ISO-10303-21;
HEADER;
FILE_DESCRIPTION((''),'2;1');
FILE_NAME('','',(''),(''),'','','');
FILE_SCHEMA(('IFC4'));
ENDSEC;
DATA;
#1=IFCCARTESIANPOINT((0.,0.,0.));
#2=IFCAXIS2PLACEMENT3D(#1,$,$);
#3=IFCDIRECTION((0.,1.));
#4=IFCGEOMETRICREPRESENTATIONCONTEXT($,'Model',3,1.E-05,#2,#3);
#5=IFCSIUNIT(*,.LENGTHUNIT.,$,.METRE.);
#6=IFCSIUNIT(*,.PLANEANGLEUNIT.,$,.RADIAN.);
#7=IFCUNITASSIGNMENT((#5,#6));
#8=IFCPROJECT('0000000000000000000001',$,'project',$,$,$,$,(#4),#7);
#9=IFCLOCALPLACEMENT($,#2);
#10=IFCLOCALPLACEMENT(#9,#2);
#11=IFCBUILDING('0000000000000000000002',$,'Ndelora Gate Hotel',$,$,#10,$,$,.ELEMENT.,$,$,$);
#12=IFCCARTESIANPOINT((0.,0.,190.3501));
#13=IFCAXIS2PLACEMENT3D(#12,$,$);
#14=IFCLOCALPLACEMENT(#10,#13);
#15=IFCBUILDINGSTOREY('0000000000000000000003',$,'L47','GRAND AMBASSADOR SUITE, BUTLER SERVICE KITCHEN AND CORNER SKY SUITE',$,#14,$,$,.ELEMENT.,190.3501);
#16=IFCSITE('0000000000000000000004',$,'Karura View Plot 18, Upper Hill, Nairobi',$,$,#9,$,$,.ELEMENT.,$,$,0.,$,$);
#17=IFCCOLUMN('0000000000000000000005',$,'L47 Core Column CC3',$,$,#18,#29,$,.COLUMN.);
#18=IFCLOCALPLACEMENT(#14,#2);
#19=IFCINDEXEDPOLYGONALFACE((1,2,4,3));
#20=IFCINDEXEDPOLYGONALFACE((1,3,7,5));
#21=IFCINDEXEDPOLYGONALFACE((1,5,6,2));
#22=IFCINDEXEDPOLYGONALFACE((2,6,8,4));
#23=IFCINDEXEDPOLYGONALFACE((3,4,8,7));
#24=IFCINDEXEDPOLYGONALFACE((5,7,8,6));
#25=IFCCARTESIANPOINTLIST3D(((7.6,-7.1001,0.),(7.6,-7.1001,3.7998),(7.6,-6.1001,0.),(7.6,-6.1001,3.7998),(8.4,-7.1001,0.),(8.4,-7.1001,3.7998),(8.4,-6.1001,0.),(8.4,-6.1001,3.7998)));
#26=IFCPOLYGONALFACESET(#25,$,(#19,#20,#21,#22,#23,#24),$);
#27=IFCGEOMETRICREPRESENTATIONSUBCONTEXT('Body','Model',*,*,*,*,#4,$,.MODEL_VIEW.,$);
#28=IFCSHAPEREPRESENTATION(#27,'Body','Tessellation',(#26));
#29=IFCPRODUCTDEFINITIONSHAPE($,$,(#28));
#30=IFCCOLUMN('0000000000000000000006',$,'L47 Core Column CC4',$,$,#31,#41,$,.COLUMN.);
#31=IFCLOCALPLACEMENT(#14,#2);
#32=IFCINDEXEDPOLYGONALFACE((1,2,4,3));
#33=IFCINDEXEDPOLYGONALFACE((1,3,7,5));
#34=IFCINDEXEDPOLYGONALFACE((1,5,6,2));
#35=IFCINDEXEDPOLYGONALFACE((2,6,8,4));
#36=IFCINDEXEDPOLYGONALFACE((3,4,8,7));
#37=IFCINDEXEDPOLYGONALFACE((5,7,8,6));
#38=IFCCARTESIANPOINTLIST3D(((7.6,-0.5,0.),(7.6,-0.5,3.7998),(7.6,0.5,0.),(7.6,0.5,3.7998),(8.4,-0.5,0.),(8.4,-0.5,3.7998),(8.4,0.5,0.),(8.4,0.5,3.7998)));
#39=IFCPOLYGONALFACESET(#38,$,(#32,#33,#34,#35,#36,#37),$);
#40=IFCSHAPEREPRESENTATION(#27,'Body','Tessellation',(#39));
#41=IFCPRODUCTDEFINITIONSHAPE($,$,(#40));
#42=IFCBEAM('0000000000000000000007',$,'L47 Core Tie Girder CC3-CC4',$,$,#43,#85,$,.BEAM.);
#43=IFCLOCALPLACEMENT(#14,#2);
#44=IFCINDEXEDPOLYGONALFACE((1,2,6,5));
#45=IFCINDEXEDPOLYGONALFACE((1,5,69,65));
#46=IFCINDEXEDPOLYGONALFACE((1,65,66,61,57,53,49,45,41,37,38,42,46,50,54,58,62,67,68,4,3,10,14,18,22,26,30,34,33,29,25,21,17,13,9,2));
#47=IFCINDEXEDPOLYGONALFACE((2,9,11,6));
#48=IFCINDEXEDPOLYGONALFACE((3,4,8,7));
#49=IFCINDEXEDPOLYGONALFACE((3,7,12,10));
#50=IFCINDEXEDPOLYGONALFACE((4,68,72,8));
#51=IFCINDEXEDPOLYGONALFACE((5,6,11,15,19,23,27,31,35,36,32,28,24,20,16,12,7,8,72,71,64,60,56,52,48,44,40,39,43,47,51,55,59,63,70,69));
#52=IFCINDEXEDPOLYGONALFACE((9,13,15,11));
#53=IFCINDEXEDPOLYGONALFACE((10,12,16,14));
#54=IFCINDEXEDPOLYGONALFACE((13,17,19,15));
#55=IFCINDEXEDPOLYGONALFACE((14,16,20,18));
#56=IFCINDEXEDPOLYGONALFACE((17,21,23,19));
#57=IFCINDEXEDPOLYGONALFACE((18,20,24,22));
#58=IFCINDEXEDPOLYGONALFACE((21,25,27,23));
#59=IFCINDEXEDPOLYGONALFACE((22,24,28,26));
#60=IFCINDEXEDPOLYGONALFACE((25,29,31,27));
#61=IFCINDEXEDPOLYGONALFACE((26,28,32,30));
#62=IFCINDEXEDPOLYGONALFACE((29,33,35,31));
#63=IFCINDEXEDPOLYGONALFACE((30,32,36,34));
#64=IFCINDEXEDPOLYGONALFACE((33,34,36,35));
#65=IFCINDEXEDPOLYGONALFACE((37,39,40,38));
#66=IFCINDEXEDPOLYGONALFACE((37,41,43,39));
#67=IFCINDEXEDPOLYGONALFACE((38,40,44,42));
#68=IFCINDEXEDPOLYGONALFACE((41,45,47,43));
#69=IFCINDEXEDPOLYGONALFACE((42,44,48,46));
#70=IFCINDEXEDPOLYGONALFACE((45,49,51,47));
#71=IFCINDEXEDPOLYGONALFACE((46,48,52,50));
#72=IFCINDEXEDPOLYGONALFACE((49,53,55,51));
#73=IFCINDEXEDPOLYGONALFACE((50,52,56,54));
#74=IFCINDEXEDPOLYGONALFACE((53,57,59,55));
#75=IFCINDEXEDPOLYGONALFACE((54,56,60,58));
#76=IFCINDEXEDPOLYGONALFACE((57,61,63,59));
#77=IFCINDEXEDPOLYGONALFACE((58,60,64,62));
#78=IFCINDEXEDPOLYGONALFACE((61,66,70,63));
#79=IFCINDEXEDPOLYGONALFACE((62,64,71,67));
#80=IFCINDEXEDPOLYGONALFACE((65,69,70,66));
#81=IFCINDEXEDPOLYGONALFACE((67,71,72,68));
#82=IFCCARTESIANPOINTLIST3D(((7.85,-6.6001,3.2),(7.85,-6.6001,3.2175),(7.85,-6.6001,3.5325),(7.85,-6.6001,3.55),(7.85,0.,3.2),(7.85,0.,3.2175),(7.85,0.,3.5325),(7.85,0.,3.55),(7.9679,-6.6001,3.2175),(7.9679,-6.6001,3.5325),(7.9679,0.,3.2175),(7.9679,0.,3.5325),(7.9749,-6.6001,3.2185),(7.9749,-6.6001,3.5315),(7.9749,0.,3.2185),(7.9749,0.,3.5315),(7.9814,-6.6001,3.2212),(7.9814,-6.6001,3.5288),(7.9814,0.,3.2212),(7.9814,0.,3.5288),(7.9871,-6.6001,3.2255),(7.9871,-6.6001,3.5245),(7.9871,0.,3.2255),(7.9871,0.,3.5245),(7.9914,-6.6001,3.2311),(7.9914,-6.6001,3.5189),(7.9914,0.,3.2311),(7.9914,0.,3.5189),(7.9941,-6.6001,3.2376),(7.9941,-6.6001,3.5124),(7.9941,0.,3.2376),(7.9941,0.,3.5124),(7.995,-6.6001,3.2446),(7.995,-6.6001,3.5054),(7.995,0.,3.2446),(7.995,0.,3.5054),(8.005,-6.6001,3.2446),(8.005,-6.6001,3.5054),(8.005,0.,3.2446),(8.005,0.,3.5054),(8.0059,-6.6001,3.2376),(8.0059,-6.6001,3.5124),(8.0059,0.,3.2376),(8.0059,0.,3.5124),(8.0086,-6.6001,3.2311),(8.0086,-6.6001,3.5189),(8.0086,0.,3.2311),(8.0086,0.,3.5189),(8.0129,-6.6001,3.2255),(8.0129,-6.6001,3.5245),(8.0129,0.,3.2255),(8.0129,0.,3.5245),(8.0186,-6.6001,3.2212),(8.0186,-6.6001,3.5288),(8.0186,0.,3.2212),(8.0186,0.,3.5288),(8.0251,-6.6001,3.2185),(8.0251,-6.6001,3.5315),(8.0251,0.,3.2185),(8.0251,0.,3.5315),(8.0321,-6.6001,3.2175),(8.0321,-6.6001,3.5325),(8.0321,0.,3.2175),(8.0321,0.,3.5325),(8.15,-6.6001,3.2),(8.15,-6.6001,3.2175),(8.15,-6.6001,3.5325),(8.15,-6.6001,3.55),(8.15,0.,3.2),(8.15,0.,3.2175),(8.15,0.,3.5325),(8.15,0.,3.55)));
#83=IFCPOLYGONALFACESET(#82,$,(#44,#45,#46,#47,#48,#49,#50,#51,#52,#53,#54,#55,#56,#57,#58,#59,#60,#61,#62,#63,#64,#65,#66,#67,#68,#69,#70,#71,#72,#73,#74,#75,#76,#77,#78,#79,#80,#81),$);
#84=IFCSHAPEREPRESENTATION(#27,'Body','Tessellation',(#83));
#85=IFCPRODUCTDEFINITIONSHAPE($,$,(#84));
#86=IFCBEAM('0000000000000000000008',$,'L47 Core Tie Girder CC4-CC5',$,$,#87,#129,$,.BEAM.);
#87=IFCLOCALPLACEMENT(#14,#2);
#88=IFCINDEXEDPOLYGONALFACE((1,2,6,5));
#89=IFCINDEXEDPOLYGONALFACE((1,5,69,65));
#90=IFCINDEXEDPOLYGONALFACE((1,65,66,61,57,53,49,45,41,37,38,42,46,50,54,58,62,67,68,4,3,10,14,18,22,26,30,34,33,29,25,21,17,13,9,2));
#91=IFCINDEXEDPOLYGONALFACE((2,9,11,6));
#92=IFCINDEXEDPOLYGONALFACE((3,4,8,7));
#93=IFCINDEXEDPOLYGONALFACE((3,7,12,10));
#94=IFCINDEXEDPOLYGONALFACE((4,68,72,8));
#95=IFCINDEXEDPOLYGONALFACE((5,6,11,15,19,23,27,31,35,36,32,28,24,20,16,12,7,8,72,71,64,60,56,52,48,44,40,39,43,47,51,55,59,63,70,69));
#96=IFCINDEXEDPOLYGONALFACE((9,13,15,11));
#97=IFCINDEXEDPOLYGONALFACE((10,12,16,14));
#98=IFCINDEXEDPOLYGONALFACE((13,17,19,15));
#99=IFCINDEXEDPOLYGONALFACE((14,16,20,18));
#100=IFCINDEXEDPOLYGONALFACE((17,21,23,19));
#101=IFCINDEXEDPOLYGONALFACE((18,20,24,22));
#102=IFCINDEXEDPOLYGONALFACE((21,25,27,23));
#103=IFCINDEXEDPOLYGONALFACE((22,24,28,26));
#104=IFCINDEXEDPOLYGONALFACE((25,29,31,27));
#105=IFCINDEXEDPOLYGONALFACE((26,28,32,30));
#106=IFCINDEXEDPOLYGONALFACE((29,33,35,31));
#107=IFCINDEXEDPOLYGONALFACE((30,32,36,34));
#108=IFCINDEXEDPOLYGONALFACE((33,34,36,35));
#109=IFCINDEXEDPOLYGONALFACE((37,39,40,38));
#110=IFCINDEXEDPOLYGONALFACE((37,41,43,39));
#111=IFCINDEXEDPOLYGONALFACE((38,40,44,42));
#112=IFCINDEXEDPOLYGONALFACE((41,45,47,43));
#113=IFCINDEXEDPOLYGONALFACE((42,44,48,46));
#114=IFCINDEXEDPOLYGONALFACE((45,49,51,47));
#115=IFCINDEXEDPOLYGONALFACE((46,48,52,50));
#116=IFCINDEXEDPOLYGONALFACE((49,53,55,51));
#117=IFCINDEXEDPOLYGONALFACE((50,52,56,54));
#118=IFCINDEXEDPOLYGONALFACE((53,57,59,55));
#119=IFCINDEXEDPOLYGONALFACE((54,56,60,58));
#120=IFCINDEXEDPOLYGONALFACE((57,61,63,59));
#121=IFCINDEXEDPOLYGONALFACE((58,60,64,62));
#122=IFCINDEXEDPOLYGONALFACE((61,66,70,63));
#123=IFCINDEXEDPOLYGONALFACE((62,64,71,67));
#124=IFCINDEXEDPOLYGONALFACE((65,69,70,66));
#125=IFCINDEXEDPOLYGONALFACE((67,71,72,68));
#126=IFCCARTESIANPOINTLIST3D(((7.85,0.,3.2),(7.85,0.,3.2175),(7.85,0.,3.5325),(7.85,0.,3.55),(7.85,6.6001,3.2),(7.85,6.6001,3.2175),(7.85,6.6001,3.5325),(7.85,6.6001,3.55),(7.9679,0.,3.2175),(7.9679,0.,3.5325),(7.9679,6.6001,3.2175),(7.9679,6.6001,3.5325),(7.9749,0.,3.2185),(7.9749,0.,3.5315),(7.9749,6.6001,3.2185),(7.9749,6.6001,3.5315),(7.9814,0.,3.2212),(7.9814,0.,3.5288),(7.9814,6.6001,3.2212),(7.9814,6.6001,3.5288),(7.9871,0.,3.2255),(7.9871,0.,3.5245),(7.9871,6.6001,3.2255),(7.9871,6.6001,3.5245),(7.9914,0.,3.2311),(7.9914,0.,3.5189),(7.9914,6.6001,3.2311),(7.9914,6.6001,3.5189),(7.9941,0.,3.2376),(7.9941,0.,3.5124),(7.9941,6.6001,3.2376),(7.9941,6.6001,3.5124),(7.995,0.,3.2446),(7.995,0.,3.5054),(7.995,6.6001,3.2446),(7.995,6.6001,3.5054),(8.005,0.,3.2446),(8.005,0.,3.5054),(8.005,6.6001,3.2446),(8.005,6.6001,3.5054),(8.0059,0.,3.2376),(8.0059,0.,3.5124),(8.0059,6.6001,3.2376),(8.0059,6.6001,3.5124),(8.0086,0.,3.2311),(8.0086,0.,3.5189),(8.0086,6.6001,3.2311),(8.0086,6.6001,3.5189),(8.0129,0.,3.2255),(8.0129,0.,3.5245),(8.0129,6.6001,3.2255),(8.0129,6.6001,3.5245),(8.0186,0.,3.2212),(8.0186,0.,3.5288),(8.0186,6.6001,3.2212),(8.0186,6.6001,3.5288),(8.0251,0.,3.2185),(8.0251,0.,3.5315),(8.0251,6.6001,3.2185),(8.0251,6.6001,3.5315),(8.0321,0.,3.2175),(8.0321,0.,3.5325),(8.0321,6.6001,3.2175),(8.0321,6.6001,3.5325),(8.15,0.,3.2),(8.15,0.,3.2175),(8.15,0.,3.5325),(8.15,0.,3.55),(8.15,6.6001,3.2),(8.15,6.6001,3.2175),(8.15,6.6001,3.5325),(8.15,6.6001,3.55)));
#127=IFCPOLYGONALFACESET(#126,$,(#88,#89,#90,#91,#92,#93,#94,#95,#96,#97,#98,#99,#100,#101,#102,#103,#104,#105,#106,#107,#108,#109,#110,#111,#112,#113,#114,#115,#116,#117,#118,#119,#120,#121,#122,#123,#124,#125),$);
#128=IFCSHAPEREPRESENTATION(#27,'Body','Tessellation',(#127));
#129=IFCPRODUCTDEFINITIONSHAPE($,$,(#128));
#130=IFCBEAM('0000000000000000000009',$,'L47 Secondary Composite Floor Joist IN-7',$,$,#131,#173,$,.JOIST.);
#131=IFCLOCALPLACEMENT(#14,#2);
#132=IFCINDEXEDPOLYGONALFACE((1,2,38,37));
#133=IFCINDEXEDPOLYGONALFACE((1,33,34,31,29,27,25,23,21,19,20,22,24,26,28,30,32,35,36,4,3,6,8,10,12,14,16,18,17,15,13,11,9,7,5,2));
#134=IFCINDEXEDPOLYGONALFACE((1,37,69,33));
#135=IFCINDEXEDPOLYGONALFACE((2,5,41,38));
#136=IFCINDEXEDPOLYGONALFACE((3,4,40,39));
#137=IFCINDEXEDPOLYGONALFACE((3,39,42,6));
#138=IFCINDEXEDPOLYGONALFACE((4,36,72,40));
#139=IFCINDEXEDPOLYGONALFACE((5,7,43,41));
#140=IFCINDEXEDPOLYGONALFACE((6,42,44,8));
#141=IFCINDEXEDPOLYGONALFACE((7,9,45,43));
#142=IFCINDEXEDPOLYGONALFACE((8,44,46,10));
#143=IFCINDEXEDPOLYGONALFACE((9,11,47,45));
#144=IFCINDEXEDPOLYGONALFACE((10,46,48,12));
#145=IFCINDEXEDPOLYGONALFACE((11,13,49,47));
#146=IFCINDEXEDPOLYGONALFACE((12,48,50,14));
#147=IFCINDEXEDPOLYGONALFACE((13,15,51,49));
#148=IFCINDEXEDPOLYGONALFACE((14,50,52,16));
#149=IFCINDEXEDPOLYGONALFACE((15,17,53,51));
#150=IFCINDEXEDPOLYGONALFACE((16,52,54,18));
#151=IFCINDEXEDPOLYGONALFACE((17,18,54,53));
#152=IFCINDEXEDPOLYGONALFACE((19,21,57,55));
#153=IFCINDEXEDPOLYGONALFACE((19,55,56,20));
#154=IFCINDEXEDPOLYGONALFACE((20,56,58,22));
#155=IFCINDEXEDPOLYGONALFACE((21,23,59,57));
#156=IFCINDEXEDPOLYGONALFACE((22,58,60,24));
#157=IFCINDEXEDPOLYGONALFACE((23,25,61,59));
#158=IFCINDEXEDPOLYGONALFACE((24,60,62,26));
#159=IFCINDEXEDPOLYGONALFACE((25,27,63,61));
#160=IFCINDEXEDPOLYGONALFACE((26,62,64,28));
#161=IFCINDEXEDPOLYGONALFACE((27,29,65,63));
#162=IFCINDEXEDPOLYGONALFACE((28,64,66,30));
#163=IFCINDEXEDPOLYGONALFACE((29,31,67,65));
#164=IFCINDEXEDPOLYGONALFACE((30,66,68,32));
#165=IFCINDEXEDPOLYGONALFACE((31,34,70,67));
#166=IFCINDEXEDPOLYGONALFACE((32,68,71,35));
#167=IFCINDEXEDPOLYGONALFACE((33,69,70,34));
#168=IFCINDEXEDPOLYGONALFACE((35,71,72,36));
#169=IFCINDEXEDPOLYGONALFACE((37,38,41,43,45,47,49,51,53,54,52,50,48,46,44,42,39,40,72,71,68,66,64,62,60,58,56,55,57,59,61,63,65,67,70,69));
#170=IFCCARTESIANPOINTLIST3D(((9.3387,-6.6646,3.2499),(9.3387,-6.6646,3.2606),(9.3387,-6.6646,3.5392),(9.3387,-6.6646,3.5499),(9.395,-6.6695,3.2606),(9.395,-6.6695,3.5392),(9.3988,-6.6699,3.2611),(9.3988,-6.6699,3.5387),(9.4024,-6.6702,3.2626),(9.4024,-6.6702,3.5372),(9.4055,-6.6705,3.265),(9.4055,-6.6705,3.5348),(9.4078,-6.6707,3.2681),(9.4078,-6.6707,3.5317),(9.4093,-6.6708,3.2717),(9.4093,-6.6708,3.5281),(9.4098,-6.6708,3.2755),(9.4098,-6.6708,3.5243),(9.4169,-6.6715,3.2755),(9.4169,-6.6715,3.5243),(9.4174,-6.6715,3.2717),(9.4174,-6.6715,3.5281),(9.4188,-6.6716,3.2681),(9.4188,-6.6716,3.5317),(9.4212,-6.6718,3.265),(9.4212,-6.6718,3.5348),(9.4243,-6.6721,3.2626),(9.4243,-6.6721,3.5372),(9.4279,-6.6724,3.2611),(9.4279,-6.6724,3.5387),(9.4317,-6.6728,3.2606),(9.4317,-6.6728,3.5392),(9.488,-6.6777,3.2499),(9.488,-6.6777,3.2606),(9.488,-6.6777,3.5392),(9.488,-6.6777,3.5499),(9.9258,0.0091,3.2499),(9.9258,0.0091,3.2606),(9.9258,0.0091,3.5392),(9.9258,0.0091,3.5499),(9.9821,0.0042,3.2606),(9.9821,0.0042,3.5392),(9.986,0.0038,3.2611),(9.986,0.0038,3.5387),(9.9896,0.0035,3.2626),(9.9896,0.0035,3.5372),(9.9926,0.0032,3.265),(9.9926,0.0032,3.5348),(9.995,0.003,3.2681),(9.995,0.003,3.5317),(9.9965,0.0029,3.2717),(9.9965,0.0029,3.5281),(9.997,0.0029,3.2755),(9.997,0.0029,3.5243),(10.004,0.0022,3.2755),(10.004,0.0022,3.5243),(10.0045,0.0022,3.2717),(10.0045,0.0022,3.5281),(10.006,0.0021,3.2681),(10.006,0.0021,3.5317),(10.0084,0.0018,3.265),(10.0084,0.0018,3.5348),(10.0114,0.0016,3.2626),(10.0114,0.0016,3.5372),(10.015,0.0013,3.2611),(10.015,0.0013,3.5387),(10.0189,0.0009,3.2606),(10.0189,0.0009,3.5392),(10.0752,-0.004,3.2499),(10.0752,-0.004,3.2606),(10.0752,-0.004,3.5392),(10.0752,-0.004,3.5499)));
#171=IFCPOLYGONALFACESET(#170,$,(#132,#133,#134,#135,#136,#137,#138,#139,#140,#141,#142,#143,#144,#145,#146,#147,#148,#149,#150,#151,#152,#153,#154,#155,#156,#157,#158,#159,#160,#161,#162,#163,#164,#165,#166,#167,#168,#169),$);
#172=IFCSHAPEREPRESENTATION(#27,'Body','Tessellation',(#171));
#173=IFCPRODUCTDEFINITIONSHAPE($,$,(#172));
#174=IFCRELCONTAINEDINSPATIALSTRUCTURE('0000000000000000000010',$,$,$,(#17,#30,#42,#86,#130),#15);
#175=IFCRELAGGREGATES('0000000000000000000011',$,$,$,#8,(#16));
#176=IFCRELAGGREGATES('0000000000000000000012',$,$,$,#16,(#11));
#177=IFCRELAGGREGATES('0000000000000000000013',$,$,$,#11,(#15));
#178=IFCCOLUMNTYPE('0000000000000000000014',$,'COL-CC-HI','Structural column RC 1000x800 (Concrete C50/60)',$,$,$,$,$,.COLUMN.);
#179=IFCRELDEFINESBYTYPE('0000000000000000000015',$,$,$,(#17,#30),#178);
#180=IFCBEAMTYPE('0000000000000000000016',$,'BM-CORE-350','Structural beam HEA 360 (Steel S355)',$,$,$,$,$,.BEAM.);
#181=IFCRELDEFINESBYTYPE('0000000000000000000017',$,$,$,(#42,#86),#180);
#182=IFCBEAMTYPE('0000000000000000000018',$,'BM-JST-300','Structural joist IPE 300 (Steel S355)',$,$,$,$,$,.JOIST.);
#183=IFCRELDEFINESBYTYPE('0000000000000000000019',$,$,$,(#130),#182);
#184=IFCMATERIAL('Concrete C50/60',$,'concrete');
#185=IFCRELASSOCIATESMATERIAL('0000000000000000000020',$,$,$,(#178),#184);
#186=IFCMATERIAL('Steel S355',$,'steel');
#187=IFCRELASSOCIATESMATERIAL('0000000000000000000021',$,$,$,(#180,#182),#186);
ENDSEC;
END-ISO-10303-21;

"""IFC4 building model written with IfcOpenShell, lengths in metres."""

from ifc_helpers import new_model, si_unit, direction, frame, origin, origin_2d, place, context, subcontext, project, spatial, rectangle, i_section, extrude, material, material_profile, profile_set, type_object, element, save


model = new_model("IFC4")

# Units and contexts
model_context = context("Model", 3, precision=1e-05, world=origin(), true_north=direction((0.0, 1.0)))
body_context = subcontext(model_context, "Body", "Model", "MODEL_VIEW")
ifc_project = project(units=[si_unit("LENGTHUNIT", "METRE"), si_unit("PLANEANGLEUNIT", "RADIAN")], contexts=[model_context])

# Site, building, storey
site_placement = place(None, origin())
site = spatial("IfcSite", under=ifc_project, at=site_placement, Name="Karura View Plot 18, Upper Hill, Nairobi", CompositionType="ELEMENT", RefElevation=0.0)
building_placement = place(site_placement, origin())
building = spatial("IfcBuilding", under=site, at=building_placement, Name="Ndelora Gate Hotel", CompositionType="ELEMENT")
storey_placement = place(building_placement, frame((0.0, 0.0, 190.3501)))
storey = spatial("IfcBuildingStorey", under=building, at=storey_placement, Name="L47", Description="GRAND AMBASSADOR SUITE, BUTLER SERVICE KITCHEN AND CORNER SKY SUITE", CompositionType="ELEMENT", Elevation=190.3501)

# Columns
ifc_material_1 = material(Name="Concrete C50/60", Category="concrete")
ifc_material_profile_1 = material_profile(ifc_material_1, rectangle(XDim=0.8, YDim=1.0, at=origin_2d()), Name="RC 1000x800")
ifc_profile_set_1 = profile_set([ifc_material_profile_1], Name="Concrete C50/60")
column_type = type_object("IfcColumnType", Name="COL-CC-HI", Description="Structural column RC 1000x800 (Concrete C50/60)", PredefinedType="COLUMN", material=ifc_profile_set_1)
for number, where, z_axis, x_axis, name in (
    (1, (8.0, -6.6001, 0.0), (0.0, 0.0, 1.0), (1.0, 0.0, 0.0), "L47 Core Column CC3"),
    (2, (8.0, 0.0, 0.0), (0.0, 0.0, 1.0), (1.0, 0.0, 0.0), "L47 Core Column CC4"),
):
    element("IfcColumn", number, at=place(storey_placement, frame(where, z_axis=z_axis, x_axis=x_axis)), inside=storey, type_object=column_type, Name=name, PredefinedType="COLUMN", context=body_context, shape_type="SweptSolid", body=[
        extrude(rectangle(XDim=0.8, YDim=1.0, at=origin_2d()), origin(), (0.0, 0.0, 1.0), 3.7998),
    ])

# Beams
ifc_material_2 = material(Name="Steel S355", Category="steel")
ifc_material_profile_2 = material_profile(ifc_material_2, i_section(OverallWidth=0.3, OverallDepth=0.3501, WebThickness=0.01, FlangeThickness=0.0176, FilletRadius=0.0271, at=origin_2d()), Name="HEA 360")
ifc_profile_set_2 = profile_set([ifc_material_profile_2], Name="Steel S355")
beam_type_1 = type_object("IfcBeamType", Name="BM-CORE-350", Description="Structural beam HEA 360 (Steel S355)", PredefinedType="BEAM", material=ifc_profile_set_2)
for number, where, z_axis, x_axis, name in (
    (3, (8.0, -6.6001, 3.375), (0.0, 1.0, 0.0), (-1.0, 0.0, 0.0), "L47 Core Tie Girder CC3-CC4"),
    (4, (8.0, 0.0, 3.375), (0.0, 1.0, 0.0), (-1.0, 0.0, 0.0), "L47 Core Tie Girder CC4-CC5"),
):
    element("IfcBeam", number, at=place(storey_placement, frame(where, z_axis=z_axis, x_axis=x_axis)), inside=storey, type_object=beam_type_1, Name=name, PredefinedType="BEAM", context=body_context, shape_type="SweptSolid", body=[
        extrude(i_section(OverallWidth=0.3, OverallDepth=0.3501, WebThickness=0.01, FlangeThickness=0.0176, FilletRadius=0.0271, at=origin_2d()), origin(), (0.0, 0.0, 1.0), 6.6001),
    ])
ifc_material_profile_3 = material_profile(ifc_material_2, i_section(OverallWidth=0.1499, OverallDepth=0.3, WebThickness=0.0071, FlangeThickness=0.0107, FilletRadius=0.0149, at=origin_2d()), Name="IPE 300")
ifc_profile_set_3 = profile_set([ifc_material_profile_3], Name="Steel S355")
beam_type_2 = type_object("IfcBeamType", Name="BM-JST-300", Description="Structural joist IPE 300 (Steel S355)", PredefinedType="JOIST", material=ifc_profile_set_3)
beam_1_placement = place(storey_placement, frame((9.4133, -6.6711, 3.3999), z_axis=(0.087644, 0.996152, 0.0), x_axis=(-0.996152, 0.087644, 0.0)))
element("IfcBeam", 5, at=beam_1_placement, inside=storey, type_object=beam_type_2, Name="L47 Secondary Composite Floor Joist IN-7", PredefinedType="JOIST", context=body_context, shape_type="SweptSolid", body=[
    extrude(i_section(OverallWidth=0.1499, OverallDepth=0.3, WebThickness=0.0071, FlangeThickness=0.0107, FilletRadius=0.0149, at=origin_2d()), origin(), (0.0, 0.0, 1.0), 6.6995),
])

save(model, "model.ifc")
